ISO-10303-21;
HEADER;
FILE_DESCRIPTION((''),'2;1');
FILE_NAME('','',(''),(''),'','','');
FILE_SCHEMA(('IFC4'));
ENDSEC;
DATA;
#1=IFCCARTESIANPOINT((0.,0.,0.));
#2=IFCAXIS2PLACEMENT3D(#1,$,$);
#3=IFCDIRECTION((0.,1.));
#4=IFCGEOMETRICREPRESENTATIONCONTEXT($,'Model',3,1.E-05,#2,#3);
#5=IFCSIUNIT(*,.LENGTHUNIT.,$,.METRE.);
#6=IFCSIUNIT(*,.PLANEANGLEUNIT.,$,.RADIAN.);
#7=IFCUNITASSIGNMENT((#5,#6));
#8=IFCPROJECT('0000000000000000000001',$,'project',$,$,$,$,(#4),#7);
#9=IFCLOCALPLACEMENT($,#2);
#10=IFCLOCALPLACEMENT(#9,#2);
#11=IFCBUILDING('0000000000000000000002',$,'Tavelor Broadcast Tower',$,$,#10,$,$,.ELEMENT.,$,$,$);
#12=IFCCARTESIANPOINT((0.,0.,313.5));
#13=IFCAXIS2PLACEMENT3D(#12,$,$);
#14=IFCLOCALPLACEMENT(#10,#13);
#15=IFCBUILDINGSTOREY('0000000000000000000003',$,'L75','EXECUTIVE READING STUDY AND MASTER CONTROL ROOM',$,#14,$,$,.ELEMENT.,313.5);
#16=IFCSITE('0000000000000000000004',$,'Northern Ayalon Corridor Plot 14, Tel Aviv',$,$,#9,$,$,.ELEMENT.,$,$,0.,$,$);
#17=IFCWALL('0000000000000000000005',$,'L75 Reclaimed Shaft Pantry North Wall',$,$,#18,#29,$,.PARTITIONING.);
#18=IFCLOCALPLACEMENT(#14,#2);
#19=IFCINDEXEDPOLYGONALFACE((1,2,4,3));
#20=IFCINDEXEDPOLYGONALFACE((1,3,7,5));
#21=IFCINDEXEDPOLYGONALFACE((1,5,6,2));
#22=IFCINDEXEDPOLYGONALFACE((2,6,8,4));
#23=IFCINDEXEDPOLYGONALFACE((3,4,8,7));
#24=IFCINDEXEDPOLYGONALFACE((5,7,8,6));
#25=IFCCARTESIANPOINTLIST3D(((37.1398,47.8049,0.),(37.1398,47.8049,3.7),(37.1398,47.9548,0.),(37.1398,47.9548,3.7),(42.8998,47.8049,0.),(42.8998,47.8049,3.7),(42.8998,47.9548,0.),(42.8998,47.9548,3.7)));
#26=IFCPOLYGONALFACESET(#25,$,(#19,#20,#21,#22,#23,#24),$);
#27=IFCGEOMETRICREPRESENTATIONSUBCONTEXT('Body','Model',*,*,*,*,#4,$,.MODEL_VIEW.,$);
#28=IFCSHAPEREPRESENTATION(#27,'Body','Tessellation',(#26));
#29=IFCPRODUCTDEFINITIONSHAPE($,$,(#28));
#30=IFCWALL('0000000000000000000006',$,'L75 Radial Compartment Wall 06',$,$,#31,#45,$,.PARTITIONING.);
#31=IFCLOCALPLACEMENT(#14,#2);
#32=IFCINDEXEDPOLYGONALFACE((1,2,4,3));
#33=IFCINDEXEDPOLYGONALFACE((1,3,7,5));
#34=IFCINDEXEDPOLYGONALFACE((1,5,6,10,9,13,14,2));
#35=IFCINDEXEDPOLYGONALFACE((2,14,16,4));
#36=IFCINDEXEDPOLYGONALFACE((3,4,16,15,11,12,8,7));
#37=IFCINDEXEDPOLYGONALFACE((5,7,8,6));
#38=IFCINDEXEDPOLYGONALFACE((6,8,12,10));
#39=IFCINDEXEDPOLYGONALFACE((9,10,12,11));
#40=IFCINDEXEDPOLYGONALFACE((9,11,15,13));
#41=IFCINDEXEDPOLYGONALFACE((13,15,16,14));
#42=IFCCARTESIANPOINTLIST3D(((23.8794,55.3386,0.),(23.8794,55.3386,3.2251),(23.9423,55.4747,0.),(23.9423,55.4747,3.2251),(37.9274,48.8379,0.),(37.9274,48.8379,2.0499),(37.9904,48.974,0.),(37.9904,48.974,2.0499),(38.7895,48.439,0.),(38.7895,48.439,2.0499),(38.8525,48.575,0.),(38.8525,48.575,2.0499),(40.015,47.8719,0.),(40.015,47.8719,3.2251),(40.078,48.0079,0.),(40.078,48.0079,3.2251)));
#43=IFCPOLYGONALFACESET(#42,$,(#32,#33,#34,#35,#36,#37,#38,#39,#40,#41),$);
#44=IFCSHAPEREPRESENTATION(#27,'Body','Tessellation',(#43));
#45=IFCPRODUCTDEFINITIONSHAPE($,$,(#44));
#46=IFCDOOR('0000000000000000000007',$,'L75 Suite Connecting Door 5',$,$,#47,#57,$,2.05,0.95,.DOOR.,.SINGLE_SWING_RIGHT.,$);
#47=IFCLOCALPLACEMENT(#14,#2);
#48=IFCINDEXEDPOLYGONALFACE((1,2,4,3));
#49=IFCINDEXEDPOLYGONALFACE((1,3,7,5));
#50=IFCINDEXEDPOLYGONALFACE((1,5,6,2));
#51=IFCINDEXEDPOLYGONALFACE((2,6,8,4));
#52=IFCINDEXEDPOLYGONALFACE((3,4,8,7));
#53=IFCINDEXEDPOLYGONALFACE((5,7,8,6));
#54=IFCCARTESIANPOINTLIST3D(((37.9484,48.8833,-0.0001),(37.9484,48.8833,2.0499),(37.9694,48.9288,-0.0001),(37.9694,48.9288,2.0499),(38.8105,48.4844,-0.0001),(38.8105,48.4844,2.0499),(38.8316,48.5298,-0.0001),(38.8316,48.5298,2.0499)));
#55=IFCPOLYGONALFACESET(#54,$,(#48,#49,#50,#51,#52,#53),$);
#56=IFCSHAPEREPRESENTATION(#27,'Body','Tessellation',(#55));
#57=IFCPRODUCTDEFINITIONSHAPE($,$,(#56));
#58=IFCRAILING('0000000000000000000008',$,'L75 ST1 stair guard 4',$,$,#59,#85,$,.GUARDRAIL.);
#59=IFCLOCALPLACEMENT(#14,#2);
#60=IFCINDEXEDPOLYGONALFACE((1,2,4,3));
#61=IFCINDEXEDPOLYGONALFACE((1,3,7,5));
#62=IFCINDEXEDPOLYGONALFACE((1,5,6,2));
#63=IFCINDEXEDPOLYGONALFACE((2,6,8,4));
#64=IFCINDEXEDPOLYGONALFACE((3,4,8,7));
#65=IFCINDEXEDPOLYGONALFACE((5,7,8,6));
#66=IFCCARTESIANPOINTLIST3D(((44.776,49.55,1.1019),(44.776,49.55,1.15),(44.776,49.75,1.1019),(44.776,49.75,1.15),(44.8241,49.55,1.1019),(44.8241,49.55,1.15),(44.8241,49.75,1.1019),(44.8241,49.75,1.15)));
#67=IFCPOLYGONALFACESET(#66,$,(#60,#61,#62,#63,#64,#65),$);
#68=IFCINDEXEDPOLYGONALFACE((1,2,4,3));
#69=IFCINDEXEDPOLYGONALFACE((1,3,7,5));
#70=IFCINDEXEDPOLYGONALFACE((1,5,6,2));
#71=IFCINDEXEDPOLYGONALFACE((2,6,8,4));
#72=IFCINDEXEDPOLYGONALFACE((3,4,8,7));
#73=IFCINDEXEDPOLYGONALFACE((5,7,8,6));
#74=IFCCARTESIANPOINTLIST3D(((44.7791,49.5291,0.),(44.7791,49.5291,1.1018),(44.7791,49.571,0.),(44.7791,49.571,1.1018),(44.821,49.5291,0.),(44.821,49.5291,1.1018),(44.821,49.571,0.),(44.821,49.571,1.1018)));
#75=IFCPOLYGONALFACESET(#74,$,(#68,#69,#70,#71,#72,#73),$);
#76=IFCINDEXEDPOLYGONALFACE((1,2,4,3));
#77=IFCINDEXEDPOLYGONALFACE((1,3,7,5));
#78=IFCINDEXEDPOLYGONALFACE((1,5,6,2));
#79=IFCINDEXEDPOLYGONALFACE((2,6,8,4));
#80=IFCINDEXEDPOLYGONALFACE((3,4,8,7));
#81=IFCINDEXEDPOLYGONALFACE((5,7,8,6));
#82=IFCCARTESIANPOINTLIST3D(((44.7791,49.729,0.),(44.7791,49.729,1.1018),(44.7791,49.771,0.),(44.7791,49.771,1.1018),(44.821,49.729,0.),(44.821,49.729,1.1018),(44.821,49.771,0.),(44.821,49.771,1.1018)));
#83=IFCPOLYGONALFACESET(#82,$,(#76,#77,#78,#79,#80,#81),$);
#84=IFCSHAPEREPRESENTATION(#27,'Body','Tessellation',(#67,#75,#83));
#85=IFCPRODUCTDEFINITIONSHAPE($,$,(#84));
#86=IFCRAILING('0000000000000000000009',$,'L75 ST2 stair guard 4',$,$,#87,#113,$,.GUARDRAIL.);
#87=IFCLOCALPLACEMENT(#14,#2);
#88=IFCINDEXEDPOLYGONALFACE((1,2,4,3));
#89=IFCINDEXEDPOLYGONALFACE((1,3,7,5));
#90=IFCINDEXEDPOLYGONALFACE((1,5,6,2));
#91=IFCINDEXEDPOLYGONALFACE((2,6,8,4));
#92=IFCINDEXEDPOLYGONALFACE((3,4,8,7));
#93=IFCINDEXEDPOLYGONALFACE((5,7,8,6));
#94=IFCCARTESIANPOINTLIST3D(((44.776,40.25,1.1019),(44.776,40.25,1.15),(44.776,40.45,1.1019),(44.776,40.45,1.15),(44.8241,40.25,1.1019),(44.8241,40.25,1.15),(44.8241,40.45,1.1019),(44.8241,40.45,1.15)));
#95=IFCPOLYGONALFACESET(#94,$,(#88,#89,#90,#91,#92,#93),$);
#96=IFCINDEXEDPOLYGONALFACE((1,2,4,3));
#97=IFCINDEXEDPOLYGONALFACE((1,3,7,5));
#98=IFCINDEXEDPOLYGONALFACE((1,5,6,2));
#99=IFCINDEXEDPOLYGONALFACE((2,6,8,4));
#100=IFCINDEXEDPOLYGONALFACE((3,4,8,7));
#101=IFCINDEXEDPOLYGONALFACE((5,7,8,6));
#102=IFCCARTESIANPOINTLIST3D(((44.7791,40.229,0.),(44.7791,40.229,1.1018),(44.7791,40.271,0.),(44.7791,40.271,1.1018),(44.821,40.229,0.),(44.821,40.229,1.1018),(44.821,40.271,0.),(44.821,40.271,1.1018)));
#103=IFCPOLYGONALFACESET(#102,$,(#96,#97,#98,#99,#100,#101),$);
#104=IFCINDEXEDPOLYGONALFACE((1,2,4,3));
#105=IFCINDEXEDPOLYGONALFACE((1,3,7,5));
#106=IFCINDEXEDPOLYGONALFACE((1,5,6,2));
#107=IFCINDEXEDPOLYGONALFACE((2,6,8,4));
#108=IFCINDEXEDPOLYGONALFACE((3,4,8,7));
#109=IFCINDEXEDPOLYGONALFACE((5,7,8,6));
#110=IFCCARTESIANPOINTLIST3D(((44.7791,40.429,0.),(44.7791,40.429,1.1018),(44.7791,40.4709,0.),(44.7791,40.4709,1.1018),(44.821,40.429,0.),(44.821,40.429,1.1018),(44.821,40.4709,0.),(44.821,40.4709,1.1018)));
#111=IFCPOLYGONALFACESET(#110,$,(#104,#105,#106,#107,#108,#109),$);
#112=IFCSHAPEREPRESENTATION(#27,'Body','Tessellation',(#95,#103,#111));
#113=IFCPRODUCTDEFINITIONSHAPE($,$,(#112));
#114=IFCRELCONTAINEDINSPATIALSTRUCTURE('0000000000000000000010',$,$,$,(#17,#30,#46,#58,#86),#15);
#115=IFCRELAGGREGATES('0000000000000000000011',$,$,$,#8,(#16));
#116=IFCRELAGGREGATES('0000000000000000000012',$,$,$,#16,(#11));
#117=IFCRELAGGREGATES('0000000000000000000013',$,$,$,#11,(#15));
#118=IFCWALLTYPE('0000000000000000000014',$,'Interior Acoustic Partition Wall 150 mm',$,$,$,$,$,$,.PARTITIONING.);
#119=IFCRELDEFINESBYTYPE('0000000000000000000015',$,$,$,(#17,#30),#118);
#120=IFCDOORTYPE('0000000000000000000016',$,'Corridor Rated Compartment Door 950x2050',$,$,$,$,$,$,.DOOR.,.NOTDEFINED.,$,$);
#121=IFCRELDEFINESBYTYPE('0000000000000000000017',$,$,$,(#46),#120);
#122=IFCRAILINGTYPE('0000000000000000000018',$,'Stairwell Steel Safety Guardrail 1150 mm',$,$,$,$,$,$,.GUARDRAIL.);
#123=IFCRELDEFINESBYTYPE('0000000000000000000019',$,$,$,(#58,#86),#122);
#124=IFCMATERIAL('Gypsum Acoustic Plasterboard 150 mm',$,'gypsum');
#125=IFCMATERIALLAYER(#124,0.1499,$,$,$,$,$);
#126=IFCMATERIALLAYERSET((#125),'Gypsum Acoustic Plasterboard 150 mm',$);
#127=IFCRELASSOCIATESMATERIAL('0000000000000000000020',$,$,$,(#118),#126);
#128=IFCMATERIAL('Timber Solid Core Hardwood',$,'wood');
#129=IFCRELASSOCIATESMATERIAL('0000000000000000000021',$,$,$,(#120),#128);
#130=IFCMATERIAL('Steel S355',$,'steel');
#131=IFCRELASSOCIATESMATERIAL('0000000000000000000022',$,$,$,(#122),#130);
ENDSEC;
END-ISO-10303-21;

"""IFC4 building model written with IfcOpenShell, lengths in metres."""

from ifc_helpers import new_model, si_unit, direction, frame, frame_2d, origin, origin_2d, place, context, subcontext, project, spatial, rectangle, extrude, material, layer, layer_set, type_object, element, fill, save


model = new_model("IFC4")

# Units and contexts
model_context = context("Model", 3, precision=1e-05, world=origin(), true_north=direction((0.0, 1.0)))
body_context = subcontext(model_context, "Body", "Model", "MODEL_VIEW")
ifc_project = project(units=[si_unit("LENGTHUNIT", "METRE"), si_unit("PLANEANGLEUNIT", "RADIAN")], contexts=[model_context])

# Site, building, storey
site_placement = place(None, origin())
site = spatial("IfcSite", under=ifc_project, at=site_placement, Name="Northern Ayalon Corridor Plot 14, Tel Aviv", CompositionType="ELEMENT", RefElevation=0.0)
building_placement = place(site_placement, origin())
building = spatial("IfcBuilding", under=site, at=building_placement, Name="Tavelor Broadcast Tower", CompositionType="ELEMENT")
storey_placement = place(building_placement, frame((0.0, 0.0, 313.5)))
storey = spatial("IfcBuildingStorey", under=building, at=storey_placement, Name="L75", Description="EXECUTIVE READING STUDY AND MASTER CONTROL ROOM", CompositionType="ELEMENT", Elevation=313.5)

# Shared definitions
ifc_material_1 = material(Name="Steel S355", Category="steel")

# Wall
ifc_material_2 = material(Name="Gypsum Acoustic Plasterboard 150 mm", Category="gypsum")
ifc_layer_1 = layer(ifc_material_2, 0.1499)
ifc_layer_set_1 = layer_set([ifc_layer_1], Name="Gypsum Acoustic Plasterboard 150 mm")
wall_type_1 = type_object("IfcWallType", Name="Interior Acoustic Partition Wall 150 mm", PredefinedType="PARTITIONING", material=ifc_layer_set_1)
wall_1_placement = place(storey_placement, frame((37.1399, 47.8799, 0.0), z_axis=(0.0, 0.0, 1.0), x_axis=(1.0, 0.0, 0.0)))
element("IfcWall", 1, at=wall_1_placement, inside=storey, type_object=wall_type_1, Name="L75 Reclaimed Shaft Pantry North Wall", PredefinedType="PARTITIONING", context=body_context, shape_type="SweptSolid", body=[
    extrude(rectangle(XDim=5.76, YDim=0.1499, at=frame_2d((2.8799, 0.0))), origin(), (0.0, 0.0, 1.0), 3.7),
])

# Wall, opening, door
wall_2_placement = place(storey_placement, frame((40.0464, 47.9399, 0.0), z_axis=(0.0, 0.0, 1.0), x_axis=(-0.907541, 0.419964, 0.0)))
wall_2 = element("IfcWall", 2, at=wall_2_placement, inside=storey, type_object=wall_type_1, Name="L75 Radial Compartment Wall 06", PredefinedType="PARTITIONING", context=body_context, shape_type="SweptSolid", body=[
    extrude(rectangle(XDim=17.7795, YDim=0.1499, at=frame_2d((8.8896, 0.0))), origin(), (0.0, 0.0, 1.0), 3.2251),
])
opening_1_placement = place(wall_2_placement, frame((1.3501, 0.0, 0.0)))
opening_1 = element("IfcOpeningElement", 3, at=opening_1_placement, cuts=wall_2, PredefinedType="OPENING", context=body_context, shape_type="SweptSolid", body=[
    extrude(rectangle(XDim=0.95, YDim=2.05, at=frame_2d((0.4751, 1.0249))), frame((0.0, 0.085, 0.0), z_axis=(0.0, -1.0, 0.0), x_axis=(1.0, 0.0, 0.0)), (0.0, 0.0, 1.0), 0.1699),
])
ifc_material_3 = material(Name="Timber Solid Core Hardwood", Category="wood")
door_type_1 = type_object("IfcDoorType", Name="Corridor Rated Compartment Door 950x2050", OperationType="NOTDEFINED", PredefinedType="DOOR", material=ifc_material_3)
door_1_placement = place(opening_1_placement, origin())
door_1 = element("IfcDoor", 4, at=door_1_placement, inside=storey, type_object=door_type_1, Name="L75 Suite Connecting Door 5", OperationType="SINGLE_SWING_RIGHT", OverallHeight=2.05, OverallWidth=0.95, PredefinedType="DOOR", context=body_context, shape_type="SweptSolid", body=[
    extrude(rectangle(XDim=0.95, YDim=2.05, at=frame_2d((0.4751, 1.0249))), frame((0.0, 0.0249, 0.0), z_axis=(0.0, -1.0, 0.0), x_axis=(1.0, 0.0, 0.0)), (0.0, 0.0, 1.0), 0.05),
])
fill(opening_1, door_1)

# Railings
railing_type = type_object("IfcRailingType", Name="Stairwell Steel Safety Guardrail 1150 mm", PredefinedType="GUARDRAIL", material=ifc_material_1)
for number, where, name in (
    (5, (44.8, 49.55, 0.0), "L75 ST1 stair guard 4"),
    (6, (44.8, 40.25, 0.0), "L75 ST2 stair guard 4"),
):
    element("IfcRailing", number, at=place(storey_placement, frame(where)), inside=storey, type_object=railing_type, Name=name, PredefinedType="GUARDRAIL", context=body_context, shape_type="SweptSolid", body=[
        extrude(rectangle(XDim=0.0481, YDim=0.0481, at=origin_2d()), frame((0.0, 0.0, 1.126), z_axis=(0.0, 1.0, 0.0), x_axis=(-1.0, 0.0, 0.0)), (0.0, 0.0, 1.0), 0.2),
        extrude(rectangle(XDim=0.042, YDim=0.042, at=origin_2d()), origin(), (0.0, 0.0, 1.0), 1.1018),
        extrude(rectangle(XDim=0.042, YDim=0.042, at=origin_2d()), frame((0.0, 0.2, 0.0)), (0.0, 0.0, 1.0), 1.1018),
    ])

save(model, "model.ifc")
